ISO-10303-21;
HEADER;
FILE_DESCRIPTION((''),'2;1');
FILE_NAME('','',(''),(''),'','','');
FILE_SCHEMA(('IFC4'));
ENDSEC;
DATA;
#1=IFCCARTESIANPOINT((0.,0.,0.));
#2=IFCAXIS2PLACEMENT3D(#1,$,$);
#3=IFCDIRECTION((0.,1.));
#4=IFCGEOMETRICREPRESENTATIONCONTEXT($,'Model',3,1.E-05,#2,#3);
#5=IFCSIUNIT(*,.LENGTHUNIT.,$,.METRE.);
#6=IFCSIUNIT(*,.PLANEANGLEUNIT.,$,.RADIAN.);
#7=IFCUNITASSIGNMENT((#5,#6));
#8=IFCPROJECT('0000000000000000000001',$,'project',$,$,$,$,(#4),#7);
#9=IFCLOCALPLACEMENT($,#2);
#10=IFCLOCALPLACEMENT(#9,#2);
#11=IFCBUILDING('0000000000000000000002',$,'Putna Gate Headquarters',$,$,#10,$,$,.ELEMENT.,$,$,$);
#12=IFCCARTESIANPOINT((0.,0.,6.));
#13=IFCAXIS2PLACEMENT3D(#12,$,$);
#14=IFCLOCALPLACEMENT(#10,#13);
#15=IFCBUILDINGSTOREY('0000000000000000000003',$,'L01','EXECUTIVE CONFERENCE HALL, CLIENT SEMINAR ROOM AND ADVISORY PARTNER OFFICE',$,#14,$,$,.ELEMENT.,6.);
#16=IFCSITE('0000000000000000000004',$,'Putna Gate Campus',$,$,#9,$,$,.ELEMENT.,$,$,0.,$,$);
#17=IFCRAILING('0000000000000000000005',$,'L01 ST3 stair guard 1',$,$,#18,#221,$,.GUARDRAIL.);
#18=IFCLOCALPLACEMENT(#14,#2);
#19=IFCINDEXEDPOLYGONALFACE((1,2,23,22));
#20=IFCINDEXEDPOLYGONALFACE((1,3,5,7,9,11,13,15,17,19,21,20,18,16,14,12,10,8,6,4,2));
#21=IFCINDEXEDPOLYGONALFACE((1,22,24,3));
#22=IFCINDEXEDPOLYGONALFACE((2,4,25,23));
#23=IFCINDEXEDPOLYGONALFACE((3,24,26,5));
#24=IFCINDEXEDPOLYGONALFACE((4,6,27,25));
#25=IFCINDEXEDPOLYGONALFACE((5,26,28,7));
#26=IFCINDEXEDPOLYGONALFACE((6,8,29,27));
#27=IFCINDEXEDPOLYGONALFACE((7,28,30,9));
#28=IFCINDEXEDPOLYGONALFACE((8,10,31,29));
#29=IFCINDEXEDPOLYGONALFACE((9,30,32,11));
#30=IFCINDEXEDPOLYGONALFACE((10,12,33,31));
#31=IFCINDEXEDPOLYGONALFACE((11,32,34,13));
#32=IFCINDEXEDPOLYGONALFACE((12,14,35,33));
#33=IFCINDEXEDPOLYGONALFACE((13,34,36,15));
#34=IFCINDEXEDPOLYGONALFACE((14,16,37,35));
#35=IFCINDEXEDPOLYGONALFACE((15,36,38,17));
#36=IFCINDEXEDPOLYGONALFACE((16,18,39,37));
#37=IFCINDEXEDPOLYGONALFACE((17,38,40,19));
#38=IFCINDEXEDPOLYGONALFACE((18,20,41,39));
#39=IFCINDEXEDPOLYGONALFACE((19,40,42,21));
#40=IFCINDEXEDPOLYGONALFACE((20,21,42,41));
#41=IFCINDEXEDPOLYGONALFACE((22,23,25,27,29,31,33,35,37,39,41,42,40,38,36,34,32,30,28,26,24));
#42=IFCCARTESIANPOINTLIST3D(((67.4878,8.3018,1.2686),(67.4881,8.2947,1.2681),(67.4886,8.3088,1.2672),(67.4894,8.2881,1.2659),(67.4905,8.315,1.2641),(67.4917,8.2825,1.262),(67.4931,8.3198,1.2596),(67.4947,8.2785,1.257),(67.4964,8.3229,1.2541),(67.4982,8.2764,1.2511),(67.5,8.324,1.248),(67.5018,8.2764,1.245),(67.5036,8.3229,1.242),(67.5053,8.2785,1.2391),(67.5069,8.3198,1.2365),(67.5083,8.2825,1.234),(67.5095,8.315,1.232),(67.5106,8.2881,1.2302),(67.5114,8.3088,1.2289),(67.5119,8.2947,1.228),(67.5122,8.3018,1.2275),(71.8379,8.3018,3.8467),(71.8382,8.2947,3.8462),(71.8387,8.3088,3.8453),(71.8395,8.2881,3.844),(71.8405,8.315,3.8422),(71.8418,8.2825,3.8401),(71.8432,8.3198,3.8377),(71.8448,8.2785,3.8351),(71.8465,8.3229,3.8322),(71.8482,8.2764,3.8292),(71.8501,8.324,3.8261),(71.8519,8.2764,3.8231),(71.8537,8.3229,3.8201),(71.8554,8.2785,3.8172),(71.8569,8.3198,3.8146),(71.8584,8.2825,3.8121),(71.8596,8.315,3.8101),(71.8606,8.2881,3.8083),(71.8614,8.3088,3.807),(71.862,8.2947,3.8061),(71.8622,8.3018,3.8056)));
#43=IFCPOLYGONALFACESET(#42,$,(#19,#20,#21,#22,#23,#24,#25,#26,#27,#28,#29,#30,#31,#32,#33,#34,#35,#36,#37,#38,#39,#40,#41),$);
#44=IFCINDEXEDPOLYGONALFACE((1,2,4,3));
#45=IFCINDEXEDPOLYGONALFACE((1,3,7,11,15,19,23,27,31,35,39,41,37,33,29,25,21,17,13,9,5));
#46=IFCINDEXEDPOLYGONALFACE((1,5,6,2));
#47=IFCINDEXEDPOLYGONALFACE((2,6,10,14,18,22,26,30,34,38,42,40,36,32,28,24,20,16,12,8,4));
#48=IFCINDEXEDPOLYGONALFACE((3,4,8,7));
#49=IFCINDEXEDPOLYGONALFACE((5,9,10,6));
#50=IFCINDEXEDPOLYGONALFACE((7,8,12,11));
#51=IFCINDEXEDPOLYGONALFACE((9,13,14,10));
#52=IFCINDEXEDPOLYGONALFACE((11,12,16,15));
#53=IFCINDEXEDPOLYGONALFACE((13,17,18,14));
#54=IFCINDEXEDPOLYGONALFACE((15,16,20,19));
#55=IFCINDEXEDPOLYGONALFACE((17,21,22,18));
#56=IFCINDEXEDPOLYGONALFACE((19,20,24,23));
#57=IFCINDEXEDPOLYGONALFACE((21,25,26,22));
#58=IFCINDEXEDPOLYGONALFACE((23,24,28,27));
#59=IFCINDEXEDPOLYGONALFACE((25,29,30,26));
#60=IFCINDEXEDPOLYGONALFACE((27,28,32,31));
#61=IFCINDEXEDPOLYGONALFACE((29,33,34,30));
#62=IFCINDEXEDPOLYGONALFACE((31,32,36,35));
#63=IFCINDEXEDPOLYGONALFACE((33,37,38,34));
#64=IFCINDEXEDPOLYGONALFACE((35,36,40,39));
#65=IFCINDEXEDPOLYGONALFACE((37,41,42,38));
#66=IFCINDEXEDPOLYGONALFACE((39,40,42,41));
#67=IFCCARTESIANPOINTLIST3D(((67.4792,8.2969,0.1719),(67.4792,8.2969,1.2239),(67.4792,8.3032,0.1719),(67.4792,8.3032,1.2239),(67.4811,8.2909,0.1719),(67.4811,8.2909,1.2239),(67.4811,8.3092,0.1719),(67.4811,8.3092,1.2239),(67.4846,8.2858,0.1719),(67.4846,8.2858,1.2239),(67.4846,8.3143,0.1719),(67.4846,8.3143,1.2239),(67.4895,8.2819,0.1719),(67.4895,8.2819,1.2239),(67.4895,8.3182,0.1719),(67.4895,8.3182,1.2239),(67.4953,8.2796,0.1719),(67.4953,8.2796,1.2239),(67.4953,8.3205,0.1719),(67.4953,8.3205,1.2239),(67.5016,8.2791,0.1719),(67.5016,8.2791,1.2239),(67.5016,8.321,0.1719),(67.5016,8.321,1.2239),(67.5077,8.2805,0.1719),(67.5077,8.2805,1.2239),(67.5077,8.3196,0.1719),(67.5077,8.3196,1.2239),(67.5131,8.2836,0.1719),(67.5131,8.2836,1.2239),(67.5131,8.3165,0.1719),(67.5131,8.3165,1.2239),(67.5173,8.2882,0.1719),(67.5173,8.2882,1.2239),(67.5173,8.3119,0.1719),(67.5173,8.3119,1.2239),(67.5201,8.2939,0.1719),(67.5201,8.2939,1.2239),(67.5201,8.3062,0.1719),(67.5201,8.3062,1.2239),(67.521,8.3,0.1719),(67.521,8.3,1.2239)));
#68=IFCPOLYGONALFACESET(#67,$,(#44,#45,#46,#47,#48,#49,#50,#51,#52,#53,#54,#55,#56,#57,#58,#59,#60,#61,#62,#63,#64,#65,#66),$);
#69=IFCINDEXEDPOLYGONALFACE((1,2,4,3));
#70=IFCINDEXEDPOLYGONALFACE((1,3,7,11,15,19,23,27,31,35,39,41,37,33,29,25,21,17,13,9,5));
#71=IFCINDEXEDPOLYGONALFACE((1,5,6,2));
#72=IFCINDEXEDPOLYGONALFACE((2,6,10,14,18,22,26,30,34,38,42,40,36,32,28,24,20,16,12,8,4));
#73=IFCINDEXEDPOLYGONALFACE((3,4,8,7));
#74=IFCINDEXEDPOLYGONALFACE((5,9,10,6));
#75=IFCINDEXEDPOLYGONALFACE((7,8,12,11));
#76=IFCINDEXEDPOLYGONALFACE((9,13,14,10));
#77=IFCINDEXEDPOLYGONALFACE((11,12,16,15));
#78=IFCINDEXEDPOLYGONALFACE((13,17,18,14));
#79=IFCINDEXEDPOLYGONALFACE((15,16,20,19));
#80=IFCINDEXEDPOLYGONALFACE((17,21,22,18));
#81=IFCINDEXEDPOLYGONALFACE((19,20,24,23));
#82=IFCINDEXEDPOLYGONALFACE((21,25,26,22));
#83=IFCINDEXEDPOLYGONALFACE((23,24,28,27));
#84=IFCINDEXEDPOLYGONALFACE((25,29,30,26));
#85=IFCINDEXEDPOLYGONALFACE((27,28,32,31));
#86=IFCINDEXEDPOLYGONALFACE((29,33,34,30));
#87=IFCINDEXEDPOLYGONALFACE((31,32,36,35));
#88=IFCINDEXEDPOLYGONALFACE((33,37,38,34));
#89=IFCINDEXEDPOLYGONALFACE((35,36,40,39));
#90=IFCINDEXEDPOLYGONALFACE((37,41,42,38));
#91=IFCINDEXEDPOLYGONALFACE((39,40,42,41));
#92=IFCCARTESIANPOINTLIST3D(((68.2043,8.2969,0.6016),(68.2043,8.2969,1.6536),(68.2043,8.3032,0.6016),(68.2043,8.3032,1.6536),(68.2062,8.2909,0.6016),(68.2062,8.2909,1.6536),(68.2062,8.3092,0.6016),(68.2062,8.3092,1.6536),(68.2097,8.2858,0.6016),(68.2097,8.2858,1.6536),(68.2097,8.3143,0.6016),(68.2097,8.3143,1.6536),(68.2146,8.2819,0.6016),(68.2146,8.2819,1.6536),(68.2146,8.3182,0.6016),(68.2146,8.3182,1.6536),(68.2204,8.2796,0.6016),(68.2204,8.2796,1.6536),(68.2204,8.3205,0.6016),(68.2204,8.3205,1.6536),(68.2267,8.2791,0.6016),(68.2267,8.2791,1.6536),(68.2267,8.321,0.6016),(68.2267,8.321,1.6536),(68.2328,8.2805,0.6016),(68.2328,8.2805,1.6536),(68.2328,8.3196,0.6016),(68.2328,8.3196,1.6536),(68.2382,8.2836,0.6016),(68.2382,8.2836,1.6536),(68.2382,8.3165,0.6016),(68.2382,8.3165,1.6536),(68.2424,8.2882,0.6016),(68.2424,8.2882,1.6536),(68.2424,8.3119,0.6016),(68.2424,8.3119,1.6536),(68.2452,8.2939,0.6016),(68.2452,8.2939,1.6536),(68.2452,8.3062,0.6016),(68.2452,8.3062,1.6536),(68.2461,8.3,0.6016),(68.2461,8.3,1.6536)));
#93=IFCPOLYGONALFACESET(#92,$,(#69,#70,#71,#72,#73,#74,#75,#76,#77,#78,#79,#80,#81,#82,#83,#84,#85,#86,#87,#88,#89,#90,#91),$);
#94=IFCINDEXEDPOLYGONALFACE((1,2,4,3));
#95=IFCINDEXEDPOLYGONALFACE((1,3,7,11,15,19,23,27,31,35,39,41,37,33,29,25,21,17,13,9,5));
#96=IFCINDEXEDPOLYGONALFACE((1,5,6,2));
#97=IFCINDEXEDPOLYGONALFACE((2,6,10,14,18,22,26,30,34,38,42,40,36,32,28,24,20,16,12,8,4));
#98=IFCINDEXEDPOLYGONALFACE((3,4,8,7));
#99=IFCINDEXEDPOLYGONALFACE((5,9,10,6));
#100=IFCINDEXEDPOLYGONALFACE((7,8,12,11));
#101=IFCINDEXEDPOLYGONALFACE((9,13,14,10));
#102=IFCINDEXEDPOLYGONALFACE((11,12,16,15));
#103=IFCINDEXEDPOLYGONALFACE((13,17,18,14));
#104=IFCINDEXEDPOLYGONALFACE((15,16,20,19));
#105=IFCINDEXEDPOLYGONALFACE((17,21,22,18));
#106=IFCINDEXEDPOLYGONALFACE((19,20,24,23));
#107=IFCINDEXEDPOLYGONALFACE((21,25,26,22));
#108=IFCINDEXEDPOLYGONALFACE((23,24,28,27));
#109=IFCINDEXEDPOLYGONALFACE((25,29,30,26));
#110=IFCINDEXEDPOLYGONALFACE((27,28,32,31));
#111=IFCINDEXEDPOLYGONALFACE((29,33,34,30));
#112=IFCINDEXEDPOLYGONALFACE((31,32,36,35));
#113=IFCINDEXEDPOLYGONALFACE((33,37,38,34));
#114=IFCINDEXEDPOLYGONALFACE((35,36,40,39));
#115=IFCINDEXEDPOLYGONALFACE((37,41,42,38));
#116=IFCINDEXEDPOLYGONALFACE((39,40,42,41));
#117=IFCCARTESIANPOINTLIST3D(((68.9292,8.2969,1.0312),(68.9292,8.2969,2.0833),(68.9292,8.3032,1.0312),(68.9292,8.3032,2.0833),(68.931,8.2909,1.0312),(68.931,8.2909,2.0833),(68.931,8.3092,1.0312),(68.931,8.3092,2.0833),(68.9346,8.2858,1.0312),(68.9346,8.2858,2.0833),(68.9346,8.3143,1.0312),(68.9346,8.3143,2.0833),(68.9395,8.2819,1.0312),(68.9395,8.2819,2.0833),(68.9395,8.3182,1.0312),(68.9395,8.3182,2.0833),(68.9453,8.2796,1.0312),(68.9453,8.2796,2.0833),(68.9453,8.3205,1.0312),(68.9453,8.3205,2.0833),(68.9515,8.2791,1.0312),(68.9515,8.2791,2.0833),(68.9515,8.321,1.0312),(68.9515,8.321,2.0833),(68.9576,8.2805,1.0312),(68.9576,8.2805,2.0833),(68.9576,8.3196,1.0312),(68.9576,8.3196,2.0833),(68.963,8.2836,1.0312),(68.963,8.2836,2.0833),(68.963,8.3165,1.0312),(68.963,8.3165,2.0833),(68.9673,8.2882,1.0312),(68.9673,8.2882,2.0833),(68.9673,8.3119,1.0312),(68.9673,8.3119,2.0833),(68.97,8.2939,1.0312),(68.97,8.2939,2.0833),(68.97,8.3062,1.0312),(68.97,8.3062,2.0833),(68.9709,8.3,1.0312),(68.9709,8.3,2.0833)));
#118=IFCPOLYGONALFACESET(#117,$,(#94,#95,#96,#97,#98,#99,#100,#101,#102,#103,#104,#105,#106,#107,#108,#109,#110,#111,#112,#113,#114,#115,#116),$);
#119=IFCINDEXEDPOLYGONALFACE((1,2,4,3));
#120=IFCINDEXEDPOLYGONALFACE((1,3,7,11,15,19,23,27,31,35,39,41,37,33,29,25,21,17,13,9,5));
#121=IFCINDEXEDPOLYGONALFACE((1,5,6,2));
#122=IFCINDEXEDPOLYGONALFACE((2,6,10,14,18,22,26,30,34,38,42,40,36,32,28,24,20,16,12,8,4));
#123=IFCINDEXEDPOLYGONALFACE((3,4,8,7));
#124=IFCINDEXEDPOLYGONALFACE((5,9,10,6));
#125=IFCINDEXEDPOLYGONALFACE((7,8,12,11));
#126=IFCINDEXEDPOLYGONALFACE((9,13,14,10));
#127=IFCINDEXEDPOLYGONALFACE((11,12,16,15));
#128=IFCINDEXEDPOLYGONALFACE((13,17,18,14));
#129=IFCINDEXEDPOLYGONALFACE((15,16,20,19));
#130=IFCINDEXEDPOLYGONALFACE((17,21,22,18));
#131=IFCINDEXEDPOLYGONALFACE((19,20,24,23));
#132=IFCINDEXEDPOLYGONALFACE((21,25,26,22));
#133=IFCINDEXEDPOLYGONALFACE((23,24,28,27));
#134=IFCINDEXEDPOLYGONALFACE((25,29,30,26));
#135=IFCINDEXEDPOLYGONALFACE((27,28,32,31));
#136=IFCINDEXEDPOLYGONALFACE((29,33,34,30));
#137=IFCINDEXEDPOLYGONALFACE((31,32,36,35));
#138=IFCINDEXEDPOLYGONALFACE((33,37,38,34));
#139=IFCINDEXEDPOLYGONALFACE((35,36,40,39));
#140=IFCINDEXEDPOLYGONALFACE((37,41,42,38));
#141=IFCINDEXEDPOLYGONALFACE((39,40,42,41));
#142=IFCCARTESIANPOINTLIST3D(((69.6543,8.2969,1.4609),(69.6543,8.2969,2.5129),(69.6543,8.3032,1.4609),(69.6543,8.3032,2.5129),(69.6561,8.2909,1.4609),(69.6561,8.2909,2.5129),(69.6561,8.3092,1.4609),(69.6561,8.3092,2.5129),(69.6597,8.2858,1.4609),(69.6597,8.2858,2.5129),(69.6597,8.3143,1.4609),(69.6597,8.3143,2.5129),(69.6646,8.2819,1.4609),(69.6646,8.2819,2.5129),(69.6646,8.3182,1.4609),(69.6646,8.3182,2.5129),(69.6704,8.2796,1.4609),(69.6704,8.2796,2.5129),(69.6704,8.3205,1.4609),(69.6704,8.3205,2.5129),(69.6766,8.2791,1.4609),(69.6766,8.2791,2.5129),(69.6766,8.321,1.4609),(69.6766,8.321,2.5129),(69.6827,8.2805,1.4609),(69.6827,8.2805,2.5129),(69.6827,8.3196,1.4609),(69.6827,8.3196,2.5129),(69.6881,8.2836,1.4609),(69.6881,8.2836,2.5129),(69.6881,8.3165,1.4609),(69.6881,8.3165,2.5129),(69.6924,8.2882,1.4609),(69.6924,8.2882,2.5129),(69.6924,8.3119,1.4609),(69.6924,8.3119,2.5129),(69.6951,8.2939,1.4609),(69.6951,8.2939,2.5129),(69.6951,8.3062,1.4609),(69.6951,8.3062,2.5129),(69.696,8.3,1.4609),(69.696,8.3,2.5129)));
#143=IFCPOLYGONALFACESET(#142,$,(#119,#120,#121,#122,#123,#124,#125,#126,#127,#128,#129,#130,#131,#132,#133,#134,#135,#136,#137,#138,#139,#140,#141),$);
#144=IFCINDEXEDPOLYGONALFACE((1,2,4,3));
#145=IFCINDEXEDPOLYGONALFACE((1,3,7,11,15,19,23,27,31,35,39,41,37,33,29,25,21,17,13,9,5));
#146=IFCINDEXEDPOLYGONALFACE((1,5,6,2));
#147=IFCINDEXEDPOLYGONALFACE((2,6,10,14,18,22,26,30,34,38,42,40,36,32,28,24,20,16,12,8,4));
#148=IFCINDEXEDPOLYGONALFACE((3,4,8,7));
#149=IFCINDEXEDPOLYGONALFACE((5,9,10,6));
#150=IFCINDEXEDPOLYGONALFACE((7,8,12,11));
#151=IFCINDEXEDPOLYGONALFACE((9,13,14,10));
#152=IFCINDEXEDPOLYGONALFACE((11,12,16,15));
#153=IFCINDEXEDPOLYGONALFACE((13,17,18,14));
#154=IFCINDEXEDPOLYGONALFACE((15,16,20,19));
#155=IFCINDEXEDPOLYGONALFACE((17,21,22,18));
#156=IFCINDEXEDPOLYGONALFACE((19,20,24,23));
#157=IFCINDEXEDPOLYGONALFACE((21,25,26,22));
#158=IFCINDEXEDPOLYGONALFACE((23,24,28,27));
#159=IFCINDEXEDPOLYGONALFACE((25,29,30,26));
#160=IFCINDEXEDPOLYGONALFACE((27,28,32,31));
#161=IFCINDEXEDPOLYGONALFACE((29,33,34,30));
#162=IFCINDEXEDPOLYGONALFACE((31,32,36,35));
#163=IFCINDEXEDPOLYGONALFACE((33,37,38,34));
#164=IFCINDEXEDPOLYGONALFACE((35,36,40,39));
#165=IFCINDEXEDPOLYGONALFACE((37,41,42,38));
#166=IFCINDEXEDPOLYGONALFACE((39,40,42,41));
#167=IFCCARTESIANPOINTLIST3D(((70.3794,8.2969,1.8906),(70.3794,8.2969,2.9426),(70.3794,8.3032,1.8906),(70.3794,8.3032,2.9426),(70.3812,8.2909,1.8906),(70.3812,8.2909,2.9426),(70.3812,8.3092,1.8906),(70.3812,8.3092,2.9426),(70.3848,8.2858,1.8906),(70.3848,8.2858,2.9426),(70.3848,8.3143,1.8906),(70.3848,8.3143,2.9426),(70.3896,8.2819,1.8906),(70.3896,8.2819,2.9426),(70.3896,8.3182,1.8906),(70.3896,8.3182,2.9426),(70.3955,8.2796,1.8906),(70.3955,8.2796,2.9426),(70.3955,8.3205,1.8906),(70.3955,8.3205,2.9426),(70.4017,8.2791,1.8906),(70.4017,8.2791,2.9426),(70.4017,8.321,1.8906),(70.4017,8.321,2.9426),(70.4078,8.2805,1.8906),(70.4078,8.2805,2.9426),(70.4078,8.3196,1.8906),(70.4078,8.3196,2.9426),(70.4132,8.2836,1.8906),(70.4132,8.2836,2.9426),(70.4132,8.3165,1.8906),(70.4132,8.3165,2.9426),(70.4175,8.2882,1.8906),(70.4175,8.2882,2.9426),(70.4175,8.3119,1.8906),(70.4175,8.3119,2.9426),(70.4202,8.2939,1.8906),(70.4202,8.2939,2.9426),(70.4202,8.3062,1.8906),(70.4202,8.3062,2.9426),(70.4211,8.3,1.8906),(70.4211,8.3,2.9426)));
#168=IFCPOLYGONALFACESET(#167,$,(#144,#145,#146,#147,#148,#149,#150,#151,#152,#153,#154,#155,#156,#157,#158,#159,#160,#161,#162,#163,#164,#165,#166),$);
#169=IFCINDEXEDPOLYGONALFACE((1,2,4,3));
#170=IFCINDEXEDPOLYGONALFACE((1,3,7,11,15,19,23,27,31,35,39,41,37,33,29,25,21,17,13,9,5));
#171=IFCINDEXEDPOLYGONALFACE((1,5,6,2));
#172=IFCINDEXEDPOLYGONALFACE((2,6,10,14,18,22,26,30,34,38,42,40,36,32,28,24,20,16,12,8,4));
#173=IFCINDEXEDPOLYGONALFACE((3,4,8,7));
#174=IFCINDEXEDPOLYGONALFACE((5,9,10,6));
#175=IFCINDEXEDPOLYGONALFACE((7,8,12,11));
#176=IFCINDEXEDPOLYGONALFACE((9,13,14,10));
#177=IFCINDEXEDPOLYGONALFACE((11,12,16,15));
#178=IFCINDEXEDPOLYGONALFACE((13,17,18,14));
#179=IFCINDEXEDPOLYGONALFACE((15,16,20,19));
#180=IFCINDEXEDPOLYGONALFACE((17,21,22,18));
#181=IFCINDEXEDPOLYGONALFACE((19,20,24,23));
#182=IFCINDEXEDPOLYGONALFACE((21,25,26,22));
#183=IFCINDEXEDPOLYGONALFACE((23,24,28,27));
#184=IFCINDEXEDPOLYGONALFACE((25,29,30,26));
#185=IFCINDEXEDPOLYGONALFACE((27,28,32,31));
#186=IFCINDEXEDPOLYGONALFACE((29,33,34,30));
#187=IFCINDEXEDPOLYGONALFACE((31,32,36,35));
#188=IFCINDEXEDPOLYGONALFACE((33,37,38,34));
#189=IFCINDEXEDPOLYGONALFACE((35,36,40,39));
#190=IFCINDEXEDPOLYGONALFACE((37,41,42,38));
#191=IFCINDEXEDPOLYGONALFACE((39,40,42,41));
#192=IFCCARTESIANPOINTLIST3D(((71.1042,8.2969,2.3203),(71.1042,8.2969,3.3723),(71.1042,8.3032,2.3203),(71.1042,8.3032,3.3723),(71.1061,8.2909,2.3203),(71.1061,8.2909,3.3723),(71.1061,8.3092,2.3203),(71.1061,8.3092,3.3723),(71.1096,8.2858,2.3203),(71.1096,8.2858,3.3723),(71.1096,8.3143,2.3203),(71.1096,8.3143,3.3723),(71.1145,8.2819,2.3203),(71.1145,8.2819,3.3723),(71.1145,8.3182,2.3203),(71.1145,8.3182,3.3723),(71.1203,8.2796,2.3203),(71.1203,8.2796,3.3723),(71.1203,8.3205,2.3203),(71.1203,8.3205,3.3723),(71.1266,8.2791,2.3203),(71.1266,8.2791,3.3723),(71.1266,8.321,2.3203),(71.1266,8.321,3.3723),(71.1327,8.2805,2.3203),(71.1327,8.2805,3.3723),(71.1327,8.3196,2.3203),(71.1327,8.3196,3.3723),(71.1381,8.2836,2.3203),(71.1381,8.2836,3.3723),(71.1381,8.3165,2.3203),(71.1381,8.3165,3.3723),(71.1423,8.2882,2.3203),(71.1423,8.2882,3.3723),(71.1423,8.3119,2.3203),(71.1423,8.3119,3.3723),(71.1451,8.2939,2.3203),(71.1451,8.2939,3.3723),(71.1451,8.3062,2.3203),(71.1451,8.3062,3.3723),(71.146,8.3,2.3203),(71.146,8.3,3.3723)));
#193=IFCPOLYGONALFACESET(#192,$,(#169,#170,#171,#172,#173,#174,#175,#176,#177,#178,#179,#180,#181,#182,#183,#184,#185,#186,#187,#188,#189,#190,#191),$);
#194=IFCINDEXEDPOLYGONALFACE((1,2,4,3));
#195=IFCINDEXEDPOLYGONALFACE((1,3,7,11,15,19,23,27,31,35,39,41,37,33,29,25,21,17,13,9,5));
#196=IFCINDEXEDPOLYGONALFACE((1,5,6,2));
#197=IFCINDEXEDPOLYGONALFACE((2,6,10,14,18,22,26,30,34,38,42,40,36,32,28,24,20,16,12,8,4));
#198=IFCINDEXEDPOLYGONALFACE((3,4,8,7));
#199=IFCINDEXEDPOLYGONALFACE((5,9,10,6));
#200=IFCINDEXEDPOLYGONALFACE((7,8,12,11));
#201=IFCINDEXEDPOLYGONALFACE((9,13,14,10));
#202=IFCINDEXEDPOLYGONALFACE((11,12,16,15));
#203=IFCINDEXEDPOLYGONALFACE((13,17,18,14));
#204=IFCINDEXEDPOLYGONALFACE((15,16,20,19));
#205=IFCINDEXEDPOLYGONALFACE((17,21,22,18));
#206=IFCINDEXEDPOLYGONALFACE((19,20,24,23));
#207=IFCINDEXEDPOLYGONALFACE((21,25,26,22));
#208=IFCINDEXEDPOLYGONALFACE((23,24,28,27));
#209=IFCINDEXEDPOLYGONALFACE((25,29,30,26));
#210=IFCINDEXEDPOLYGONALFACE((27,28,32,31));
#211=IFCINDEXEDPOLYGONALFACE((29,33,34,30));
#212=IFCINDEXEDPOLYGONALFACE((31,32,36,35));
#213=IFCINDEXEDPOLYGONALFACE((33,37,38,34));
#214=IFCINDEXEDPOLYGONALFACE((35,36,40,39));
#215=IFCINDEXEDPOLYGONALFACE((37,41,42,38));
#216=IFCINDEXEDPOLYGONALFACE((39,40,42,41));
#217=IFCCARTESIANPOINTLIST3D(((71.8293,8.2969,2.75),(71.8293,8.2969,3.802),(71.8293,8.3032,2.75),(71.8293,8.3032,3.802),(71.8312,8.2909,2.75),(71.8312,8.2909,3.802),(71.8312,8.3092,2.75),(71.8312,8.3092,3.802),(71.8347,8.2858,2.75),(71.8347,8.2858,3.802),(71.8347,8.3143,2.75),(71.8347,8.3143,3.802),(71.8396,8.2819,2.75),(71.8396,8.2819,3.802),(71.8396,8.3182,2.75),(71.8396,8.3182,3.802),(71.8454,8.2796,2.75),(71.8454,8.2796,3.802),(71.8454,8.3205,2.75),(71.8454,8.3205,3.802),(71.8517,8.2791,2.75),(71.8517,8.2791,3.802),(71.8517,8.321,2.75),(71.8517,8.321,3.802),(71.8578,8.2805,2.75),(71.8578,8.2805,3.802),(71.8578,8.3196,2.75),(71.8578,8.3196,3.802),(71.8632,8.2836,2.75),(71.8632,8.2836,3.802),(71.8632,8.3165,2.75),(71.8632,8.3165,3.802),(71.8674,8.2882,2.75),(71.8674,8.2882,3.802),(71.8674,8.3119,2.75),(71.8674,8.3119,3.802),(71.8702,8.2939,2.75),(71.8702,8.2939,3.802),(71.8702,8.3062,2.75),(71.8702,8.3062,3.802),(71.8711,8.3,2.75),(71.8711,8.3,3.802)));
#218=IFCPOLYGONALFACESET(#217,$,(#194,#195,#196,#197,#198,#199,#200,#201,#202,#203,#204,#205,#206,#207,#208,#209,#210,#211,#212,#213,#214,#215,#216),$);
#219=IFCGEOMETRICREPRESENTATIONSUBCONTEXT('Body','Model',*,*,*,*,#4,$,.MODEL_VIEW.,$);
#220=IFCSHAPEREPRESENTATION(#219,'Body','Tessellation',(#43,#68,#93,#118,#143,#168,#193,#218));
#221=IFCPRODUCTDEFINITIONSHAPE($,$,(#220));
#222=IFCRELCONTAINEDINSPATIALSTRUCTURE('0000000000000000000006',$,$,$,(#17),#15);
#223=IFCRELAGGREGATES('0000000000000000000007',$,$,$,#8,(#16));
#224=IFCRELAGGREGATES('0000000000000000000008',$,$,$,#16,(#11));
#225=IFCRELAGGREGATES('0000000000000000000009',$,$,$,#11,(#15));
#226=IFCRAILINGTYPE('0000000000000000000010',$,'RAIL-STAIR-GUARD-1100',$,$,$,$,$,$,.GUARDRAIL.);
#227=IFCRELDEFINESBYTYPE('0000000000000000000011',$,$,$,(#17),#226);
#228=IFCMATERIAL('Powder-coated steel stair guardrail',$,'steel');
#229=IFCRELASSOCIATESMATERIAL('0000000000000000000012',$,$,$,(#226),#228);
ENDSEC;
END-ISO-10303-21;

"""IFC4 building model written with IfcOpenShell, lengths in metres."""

from ifc_helpers import new_model, si_unit, direction, frame, origin, origin_2d, place, context, subcontext, project, spatial, circle, extrude, material, type_object, element, save


model = new_model("IFC4")

# Units and contexts
model_context = context("Model", 3, precision=1e-05, world=origin(), true_north=direction((0.0, 1.0)))
body_context = subcontext(model_context, "Body", "Model", "MODEL_VIEW")
ifc_project = project(units=[si_unit("LENGTHUNIT", "METRE"), si_unit("PLANEANGLEUNIT", "RADIAN")], contexts=[model_context])

# Site, building, storey
site_placement = place(None, origin())
site = spatial("IfcSite", under=ifc_project, at=site_placement, Name="Putna Gate Campus", CompositionType="ELEMENT", RefElevation=0.0)
building_placement = place(site_placement, origin())
building = spatial("IfcBuilding", under=site, at=building_placement, Name="Putna Gate Headquarters", CompositionType="ELEMENT")
storey_placement = place(building_placement, frame((0.0, 0.0, 6.0)))
storey = spatial("IfcBuildingStorey", under=building, at=storey_placement, Name="L01", Description="EXECUTIVE CONFERENCE HALL, CLIENT SEMINAR ROOM AND ADVISORY PARTNER OFFICE", CompositionType="ELEMENT", Elevation=6.0)

# Railing
ifc_material_1 = material(Name="Powder-coated steel stair guardrail", Category="steel")
railing_type_1 = type_object("IfcRailingType", Name="RAIL-STAIR-GUARD-1100", PredefinedType="GUARDRAIL", material=ifc_material_1)
railing_1_placement = place(storey_placement, frame((67.5, 8.3, 0.1719)))
element("IfcRailing", 1, at=railing_1_placement, inside=storey, type_object=railing_type_1, Name="L01 ST3 stair guard 1", PredefinedType="GUARDRAIL", context=body_context, shape_type="SweptSolid", body=[
    extrude(circle(Radius=0.0239, at=origin_2d()), frame((0.0, 0.0, 1.0762), z_axis=(0.860266, 0.0, 0.509845), x_axis=(0.0, 1.0, 0.0)), (0.0, 0.0, 1.0), 5.0566),
    extrude(circle(Radius=0.021, at=origin_2d()), origin(), (0.0, 0.0, 1.0), 1.052),
    extrude(circle(Radius=0.021, at=origin_2d()), frame((0.7251, 0.0, 0.4297)), (0.0, 0.0, 1.0), 1.052),
    extrude(circle(Radius=0.021, at=origin_2d()), frame((1.45, 0.0, 0.8594)), (0.0, 0.0, 1.0), 1.052),
    extrude(circle(Radius=0.021, at=origin_2d()), frame((2.175, 0.0, 1.2891)), (0.0, 0.0, 1.0), 1.052),
    extrude(circle(Radius=0.021, at=origin_2d()), frame((2.9001, 0.0, 1.7188)), (0.0, 0.0, 1.0), 1.052),
    extrude(circle(Radius=0.021, at=origin_2d()), frame((3.625, 0.0, 2.1484)), (0.0, 0.0, 1.0), 1.052),
    extrude(circle(Radius=0.021, at=origin_2d()), frame((4.3501, 0.0, 2.5781)), (0.0, 0.0, 1.0), 1.052),
])

save(model, "model.ifc")
